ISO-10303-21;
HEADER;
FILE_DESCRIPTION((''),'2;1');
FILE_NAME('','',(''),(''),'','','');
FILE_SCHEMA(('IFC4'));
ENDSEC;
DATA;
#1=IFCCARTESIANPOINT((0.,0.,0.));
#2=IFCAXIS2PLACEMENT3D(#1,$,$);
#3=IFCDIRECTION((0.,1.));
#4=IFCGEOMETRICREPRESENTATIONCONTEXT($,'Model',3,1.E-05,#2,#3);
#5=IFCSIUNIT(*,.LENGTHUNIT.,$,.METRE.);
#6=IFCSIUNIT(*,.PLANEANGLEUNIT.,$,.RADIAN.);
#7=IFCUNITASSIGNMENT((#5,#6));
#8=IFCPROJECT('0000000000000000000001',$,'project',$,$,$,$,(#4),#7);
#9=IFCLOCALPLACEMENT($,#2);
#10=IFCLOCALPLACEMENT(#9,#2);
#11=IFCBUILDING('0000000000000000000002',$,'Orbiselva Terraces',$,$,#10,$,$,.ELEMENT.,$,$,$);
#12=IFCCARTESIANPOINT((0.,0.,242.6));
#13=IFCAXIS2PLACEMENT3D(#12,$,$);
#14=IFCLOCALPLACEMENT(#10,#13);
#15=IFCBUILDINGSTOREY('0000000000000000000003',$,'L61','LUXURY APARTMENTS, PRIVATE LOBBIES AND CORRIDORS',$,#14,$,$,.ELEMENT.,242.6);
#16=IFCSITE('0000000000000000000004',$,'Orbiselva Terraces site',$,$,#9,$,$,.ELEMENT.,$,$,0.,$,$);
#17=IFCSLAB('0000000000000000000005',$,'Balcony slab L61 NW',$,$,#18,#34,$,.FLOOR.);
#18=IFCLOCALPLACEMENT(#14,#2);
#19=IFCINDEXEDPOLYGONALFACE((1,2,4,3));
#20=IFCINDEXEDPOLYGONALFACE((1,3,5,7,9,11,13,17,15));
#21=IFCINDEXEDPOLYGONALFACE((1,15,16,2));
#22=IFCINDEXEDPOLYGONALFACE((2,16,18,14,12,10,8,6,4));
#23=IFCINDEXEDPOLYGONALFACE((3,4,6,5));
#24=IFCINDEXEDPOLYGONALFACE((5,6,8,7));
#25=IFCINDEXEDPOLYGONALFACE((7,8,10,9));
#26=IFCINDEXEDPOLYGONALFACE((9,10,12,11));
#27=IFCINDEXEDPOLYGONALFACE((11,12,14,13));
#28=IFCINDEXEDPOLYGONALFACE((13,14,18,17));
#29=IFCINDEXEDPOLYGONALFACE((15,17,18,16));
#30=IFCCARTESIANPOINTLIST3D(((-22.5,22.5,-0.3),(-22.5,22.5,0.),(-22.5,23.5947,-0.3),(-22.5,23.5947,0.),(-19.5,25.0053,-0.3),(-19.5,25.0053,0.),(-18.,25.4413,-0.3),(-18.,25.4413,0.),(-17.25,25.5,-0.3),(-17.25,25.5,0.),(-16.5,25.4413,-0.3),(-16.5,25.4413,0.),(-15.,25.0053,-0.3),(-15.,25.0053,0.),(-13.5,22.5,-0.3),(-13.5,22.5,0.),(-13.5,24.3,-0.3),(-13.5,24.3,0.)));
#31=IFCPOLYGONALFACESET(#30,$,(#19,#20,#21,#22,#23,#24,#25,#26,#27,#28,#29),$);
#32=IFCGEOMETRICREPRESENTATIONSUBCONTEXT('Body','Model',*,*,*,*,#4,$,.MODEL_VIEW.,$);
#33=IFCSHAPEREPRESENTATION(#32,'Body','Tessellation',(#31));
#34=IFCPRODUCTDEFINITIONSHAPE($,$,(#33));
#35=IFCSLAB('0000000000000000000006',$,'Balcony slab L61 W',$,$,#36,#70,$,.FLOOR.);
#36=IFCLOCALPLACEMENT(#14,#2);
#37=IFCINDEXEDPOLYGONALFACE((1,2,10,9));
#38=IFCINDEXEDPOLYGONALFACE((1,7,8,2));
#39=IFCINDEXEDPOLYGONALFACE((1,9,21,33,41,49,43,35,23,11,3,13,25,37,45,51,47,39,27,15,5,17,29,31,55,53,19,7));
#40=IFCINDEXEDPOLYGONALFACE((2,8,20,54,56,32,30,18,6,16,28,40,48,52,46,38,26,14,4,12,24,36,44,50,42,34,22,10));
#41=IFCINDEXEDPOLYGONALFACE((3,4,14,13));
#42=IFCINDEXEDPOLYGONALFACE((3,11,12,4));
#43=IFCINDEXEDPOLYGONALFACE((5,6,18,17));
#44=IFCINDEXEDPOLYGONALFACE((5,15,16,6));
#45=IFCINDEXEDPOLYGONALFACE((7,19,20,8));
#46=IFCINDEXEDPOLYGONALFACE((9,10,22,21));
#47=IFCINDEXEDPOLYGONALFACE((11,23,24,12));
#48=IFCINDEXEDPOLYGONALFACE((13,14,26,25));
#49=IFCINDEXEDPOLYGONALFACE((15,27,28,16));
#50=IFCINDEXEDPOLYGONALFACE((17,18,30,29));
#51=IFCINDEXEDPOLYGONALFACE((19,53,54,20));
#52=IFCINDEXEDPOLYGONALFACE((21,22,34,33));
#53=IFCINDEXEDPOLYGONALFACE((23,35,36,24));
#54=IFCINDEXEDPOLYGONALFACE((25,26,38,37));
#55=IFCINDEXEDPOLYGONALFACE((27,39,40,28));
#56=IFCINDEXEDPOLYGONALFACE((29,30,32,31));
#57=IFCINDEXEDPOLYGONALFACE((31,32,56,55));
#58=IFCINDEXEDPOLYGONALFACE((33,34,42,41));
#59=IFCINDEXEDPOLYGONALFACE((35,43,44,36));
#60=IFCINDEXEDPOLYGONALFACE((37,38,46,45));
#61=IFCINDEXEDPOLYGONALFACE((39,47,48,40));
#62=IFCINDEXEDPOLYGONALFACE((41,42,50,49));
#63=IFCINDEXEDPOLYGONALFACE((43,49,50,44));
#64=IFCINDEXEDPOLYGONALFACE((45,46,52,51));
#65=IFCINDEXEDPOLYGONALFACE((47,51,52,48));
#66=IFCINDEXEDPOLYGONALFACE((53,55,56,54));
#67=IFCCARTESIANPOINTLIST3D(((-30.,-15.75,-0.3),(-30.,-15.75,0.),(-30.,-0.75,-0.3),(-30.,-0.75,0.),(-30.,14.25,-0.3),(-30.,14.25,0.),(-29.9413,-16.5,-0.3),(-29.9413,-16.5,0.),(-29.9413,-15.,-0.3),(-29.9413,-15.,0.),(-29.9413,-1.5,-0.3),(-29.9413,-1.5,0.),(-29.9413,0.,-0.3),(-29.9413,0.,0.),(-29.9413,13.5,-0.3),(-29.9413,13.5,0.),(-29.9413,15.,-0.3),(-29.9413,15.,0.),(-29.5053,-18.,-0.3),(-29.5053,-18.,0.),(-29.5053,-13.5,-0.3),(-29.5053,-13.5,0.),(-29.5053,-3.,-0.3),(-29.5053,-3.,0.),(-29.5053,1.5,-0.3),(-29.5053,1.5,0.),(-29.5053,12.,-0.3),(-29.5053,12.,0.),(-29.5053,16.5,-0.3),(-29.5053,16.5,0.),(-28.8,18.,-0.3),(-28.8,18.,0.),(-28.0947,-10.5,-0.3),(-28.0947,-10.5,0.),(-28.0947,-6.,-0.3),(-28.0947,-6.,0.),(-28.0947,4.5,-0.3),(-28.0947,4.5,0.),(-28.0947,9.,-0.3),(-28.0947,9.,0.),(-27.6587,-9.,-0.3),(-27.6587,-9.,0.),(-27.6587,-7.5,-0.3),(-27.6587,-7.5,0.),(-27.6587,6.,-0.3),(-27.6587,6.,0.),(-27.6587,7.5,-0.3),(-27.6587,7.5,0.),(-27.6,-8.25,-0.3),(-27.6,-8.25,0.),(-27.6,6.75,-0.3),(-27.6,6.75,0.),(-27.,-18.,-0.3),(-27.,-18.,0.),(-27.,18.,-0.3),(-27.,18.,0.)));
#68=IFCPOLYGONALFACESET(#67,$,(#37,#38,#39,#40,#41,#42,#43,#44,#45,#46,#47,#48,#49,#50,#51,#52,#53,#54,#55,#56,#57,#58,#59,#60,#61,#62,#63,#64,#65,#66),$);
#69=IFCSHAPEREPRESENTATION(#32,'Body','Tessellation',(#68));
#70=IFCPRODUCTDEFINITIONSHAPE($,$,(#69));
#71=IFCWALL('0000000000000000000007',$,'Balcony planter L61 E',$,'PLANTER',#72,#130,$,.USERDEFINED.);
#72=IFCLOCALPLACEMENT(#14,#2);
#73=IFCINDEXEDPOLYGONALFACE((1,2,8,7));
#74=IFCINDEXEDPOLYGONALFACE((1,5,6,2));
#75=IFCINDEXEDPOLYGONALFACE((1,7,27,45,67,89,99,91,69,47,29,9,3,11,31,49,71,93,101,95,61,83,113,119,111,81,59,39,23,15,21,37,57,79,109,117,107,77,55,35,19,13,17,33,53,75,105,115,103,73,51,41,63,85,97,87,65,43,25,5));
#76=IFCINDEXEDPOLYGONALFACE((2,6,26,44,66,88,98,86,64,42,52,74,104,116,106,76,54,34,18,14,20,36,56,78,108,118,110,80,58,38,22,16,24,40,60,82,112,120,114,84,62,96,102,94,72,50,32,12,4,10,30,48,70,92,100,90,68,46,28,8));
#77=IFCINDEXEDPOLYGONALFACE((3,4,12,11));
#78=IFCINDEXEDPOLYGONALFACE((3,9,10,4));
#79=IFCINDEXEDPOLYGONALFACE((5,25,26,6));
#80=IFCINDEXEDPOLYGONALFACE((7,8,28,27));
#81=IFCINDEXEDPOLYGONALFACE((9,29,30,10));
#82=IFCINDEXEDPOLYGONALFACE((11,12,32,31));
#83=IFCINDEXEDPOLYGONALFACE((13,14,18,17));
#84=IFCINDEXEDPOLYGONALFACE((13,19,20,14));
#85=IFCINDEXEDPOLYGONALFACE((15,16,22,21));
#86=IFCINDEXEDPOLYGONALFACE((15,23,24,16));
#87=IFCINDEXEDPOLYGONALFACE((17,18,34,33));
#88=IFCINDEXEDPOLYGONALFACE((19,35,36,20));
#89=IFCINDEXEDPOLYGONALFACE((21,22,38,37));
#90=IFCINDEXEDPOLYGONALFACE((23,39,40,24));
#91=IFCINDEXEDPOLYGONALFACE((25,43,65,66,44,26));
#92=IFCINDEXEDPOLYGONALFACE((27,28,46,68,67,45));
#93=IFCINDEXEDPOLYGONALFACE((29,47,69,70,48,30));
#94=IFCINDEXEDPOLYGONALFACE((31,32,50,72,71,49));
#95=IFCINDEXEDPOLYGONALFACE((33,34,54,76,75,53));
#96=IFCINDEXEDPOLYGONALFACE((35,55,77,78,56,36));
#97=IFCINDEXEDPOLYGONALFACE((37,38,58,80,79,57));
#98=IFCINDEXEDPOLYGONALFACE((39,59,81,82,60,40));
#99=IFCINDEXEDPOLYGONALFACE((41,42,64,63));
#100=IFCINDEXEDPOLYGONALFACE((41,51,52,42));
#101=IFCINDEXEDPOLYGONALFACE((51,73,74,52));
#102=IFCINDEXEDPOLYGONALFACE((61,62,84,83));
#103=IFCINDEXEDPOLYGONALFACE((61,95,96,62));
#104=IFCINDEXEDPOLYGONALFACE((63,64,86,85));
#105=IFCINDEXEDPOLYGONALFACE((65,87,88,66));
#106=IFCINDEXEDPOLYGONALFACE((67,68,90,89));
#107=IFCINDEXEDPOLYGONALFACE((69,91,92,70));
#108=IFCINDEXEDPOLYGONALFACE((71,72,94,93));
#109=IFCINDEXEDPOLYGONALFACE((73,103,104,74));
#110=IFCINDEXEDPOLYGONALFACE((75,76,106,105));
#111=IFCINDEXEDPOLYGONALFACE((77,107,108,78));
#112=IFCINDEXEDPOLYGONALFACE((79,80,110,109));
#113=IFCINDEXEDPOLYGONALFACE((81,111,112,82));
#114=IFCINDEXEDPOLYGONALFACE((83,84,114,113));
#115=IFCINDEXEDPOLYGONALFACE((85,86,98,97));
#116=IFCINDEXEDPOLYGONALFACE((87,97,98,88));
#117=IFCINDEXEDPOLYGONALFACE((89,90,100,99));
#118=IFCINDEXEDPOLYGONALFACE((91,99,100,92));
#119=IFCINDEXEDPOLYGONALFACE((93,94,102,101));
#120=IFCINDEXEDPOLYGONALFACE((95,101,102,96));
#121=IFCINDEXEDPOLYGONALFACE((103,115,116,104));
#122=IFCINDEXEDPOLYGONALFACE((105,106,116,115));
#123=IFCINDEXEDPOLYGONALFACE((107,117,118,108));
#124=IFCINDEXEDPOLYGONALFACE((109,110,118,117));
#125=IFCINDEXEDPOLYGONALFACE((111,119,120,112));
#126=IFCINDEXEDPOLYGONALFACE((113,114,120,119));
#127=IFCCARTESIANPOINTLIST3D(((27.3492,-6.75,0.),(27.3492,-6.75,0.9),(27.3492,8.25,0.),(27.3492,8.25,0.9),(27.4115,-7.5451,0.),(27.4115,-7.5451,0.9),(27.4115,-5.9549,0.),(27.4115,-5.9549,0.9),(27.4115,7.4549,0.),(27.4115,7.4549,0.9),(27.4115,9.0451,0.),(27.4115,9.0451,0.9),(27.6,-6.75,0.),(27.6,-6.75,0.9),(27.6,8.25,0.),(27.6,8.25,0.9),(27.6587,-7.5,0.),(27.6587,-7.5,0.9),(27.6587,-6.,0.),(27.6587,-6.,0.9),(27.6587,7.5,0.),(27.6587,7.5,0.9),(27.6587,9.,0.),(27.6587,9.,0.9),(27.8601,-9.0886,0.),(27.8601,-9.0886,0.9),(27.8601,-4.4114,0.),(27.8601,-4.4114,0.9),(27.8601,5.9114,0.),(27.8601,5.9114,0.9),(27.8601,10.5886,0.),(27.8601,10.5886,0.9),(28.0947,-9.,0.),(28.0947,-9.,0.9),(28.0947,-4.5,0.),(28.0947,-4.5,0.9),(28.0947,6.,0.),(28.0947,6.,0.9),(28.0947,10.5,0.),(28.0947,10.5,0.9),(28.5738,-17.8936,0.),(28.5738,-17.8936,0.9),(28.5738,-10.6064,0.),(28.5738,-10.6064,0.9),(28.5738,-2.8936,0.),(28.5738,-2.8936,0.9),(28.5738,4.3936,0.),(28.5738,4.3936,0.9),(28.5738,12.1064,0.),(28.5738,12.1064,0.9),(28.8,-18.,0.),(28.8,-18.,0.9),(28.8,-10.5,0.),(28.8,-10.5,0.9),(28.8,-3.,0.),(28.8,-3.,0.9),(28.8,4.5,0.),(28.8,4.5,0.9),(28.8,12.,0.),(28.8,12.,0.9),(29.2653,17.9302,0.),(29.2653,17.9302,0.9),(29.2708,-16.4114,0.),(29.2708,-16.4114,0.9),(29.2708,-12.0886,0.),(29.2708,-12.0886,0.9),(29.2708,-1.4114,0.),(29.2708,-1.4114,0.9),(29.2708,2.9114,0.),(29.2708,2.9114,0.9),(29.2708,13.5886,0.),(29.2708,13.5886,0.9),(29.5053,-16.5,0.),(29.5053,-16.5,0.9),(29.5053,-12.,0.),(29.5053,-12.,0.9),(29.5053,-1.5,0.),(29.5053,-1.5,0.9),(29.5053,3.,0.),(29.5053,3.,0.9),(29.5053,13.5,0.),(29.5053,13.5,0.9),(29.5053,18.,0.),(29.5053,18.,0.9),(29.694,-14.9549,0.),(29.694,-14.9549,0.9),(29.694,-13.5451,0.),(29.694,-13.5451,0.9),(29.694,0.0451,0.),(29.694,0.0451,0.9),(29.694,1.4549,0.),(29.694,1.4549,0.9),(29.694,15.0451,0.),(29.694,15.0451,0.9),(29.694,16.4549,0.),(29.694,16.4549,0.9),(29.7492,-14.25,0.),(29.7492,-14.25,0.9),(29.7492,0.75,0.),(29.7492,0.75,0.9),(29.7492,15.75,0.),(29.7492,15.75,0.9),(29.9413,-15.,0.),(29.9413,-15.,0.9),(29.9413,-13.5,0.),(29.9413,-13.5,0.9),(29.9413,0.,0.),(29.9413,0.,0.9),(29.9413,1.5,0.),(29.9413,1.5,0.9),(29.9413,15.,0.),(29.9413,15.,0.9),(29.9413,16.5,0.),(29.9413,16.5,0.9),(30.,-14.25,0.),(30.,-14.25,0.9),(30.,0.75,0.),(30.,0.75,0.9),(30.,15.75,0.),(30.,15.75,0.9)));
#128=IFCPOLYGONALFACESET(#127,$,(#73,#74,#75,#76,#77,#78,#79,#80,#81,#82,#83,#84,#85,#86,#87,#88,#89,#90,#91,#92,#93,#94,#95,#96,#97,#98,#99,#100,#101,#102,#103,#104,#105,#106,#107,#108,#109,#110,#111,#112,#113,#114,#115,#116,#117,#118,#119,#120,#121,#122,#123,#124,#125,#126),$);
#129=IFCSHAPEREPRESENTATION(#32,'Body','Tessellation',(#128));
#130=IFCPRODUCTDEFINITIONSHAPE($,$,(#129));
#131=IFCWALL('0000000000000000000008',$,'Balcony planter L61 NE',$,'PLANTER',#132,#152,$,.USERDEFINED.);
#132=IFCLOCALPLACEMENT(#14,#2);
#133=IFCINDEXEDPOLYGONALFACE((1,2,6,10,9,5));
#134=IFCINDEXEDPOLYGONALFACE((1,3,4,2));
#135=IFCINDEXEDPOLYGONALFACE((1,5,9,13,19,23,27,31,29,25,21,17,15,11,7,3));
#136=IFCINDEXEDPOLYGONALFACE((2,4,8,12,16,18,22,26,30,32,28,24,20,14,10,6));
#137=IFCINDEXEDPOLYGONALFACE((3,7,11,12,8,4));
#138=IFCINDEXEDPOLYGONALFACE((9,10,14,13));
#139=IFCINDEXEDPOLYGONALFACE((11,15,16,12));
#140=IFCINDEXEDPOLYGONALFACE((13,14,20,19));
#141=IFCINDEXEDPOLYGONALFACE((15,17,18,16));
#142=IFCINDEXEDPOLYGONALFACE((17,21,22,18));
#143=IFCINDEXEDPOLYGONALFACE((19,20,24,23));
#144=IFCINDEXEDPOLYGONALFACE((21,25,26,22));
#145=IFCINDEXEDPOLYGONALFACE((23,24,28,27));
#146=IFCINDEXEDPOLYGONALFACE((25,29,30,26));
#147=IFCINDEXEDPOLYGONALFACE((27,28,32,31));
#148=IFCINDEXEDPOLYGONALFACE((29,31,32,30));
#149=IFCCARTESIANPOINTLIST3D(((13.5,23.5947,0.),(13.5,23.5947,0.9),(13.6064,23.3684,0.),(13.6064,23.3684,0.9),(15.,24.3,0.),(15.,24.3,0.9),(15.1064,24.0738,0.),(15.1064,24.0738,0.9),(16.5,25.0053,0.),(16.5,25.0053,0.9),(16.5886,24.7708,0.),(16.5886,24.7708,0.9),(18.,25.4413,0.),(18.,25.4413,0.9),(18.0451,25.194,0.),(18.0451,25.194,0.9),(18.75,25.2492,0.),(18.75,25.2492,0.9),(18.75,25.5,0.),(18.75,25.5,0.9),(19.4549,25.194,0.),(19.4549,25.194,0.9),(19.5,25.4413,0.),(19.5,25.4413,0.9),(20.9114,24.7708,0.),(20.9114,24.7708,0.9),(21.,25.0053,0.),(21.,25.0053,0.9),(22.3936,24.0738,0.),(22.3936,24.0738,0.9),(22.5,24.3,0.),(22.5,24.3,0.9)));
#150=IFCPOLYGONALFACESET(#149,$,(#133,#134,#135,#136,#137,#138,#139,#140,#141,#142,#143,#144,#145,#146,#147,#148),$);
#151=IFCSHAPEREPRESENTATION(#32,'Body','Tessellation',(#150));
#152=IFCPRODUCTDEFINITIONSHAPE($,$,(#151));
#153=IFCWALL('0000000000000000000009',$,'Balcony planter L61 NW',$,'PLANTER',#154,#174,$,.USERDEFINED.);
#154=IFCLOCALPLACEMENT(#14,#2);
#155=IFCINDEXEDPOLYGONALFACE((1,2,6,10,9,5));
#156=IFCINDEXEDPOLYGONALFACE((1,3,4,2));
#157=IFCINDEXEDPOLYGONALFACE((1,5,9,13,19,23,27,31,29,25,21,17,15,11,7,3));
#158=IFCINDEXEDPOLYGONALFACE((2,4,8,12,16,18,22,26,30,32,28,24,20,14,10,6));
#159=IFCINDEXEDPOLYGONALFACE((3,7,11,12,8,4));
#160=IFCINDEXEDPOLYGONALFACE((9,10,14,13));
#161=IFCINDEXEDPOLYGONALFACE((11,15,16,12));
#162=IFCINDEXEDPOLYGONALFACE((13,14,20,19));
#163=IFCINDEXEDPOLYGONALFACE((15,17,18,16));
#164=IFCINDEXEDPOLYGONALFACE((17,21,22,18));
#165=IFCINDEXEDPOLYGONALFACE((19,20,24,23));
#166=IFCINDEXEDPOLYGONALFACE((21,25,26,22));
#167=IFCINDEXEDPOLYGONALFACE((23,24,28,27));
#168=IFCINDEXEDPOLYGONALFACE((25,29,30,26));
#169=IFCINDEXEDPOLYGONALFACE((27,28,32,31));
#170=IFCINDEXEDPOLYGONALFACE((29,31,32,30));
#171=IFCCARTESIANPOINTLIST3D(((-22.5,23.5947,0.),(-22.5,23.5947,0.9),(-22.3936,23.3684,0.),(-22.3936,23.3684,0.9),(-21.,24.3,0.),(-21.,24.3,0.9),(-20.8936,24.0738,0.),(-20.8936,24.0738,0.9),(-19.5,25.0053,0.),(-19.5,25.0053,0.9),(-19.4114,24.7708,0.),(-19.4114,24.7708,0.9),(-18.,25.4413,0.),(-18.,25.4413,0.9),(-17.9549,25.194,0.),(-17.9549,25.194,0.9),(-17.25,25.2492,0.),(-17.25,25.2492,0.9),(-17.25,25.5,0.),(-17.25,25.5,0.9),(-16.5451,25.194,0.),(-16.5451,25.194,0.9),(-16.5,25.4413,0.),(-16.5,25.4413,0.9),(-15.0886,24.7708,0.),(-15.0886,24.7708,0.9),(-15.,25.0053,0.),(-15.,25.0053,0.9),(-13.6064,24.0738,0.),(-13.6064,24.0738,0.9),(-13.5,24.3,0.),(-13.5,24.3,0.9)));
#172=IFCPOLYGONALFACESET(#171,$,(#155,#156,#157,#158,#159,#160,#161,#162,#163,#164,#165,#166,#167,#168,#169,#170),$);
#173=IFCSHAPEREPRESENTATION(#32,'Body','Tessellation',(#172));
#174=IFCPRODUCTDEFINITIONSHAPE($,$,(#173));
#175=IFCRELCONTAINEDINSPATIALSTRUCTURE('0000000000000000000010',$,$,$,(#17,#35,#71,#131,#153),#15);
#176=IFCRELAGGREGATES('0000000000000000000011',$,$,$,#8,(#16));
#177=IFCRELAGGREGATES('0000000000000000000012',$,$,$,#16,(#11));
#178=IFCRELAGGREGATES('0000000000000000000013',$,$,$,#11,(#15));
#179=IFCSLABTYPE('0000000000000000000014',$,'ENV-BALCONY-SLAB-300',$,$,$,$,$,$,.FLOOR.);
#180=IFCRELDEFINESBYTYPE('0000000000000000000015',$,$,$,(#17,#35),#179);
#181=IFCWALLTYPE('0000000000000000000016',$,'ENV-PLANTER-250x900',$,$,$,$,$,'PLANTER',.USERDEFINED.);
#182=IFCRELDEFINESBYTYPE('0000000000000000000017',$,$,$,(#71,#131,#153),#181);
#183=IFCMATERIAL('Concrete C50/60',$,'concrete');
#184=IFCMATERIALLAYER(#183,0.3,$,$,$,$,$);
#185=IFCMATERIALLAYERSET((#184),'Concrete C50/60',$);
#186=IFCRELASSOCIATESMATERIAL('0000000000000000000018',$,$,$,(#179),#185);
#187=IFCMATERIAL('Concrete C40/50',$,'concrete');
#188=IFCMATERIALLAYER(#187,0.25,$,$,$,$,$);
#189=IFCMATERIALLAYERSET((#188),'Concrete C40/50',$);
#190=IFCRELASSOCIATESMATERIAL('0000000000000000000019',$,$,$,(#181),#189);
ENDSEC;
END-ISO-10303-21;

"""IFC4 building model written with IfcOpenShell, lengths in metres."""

from ifc_helpers import new_model, si_unit, direction, frame, origin, place, context, subcontext, project, spatial, polyline, outline, extrude, material, layer, layer_set, type_object, element, save


model = new_model("IFC4")

# Units and contexts
model_context = context("Model", 3, precision=1e-05, world=origin(), true_north=direction((0.0, 1.0)))
body_context = subcontext(model_context, "Body", "Model", "MODEL_VIEW")
ifc_project = project(units=[si_unit("LENGTHUNIT", "METRE"), si_unit("PLANEANGLEUNIT", "RADIAN")], contexts=[model_context])

# Site, building, storey
site_placement = place(None, origin())
site = spatial("IfcSite", under=ifc_project, at=site_placement, Name="Orbiselva Terraces site", CompositionType="ELEMENT", RefElevation=0.0)
building_placement = place(site_placement, origin())
building = spatial("IfcBuilding", under=site, at=building_placement, Name="Orbiselva Terraces", CompositionType="ELEMENT")
storey_placement = place(building_placement, frame((0.0, 0.0, 242.6)))
storey = spatial("IfcBuildingStorey", under=building, at=storey_placement, Name="L61", Description="LUXURY APARTMENTS, PRIVATE LOBBIES AND CORRIDORS", CompositionType="ELEMENT", Elevation=242.6)

# Shared definitions
ifc_material_1 = material(Name="Concrete C50/60", Category="concrete")

# Shared definitions
ifc_material_2 = material(Name="Concrete C40/50", Category="concrete")

# Slabs
ifc_layer_1 = layer(ifc_material_1, 0.3)
ifc_layer_set_1 = layer_set([ifc_layer_1], Name="Concrete C50/60")
slab_type_1 = type_object("IfcSlabType", Name="ENV-BALCONY-SLAB-300", PredefinedType="FLOOR", material=ifc_layer_set_1)
slab_1_placement = place(storey_placement, frame((0.0, 0.0, -0.3)))
element("IfcSlab", 1, at=slab_1_placement, inside=storey, type_object=slab_type_1, Name="Balcony slab L61 NW", PredefinedType="FLOOR", context=body_context, shape_type="SweptSolid", body=[
    extrude(outline(polyline([(-13.5, 24.3), (-15.0, 25.0053), (-16.5, 25.4413), (-17.25, 25.5), (-18.0, 25.4413), (-19.5, 25.0053), (-22.5, 23.5947), (-22.5, 22.5), (-13.5, 22.5), (-13.5, 24.3)])), origin(), (0.0, 0.0, 1.0), 0.3),
])
slab_2_placement = place(storey_placement, frame((0.0, 0.0, -0.3)))
element("IfcSlab", 2, at=slab_2_placement, inside=storey, type_object=slab_type_1, Name="Balcony slab L61 W", PredefinedType="FLOOR", context=body_context, shape_type="SweptSolid", body=[
    extrude(outline(polyline([(-28.8, 18.0), (-29.5053, 16.5), (-29.9413, 15.0), (-30.0, 14.25), (-29.9413, 13.5), (-29.5053, 12.0), (-28.0947, 9.0), (-27.6587, 7.5), (-27.6, 6.75), (-27.6587, 6.0), (-28.0947, 4.5), (-29.5053, 1.5), (-29.9413, 0.0), (-30.0, -0.75), (-29.9413, -1.5), (-29.5053, -3.0), (-28.0947, -6.0), (-27.6587, -7.5), (-27.6, -8.25), (-27.6587, -9.0), (-28.0947, -10.5), (-29.5053, -13.5), (-29.9413, -15.0), (-30.0, -15.75), (-29.9413, -16.5), (-29.5053, -18.0), (-27.0, -18.0), (-27.0, 18.0), (-28.8, 18.0)])), origin(), (0.0, 0.0, 1.0), 0.3),
])

# Walls
ifc_layer_2 = layer(ifc_material_2, 0.25)
ifc_layer_set_2 = layer_set([ifc_layer_2], Name="Concrete C40/50")
wall_type_1 = type_object("IfcWallType", Name="ENV-PLANTER-250x900", ElementType="PLANTER", PredefinedType="USERDEFINED", material=ifc_layer_set_2)
wall_1_placement = place(storey_placement, origin())
element("IfcWall", 3, at=wall_1_placement, inside=storey, type_object=wall_type_1, Name="Balcony planter L61 E", ObjectType="PLANTER", PredefinedType="USERDEFINED", context=body_context, shape_type="SweptSolid", body=[
    extrude(outline(polyline([(28.8, -18.0), (29.5053, -16.5), (29.9413, -15.0), (30.0, -14.25), (29.9413, -13.5), (29.5053, -12.0), (28.8, -10.5), (28.0947, -9.0), (27.6587, -7.5), (27.6, -6.75), (27.6587, -6.0), (28.0947, -4.5), (28.8, -3.0), (29.5053, -1.5), (29.9413, 0.0), (30.0, 0.75), (29.9413, 1.5), (29.5053, 3.0), (28.8, 4.5), (28.0947, 6.0), (27.6587, 7.5), (27.6, 8.25), (27.6587, 9.0), (28.0947, 10.5), (28.8, 12.0), (29.5053, 13.5), (29.9413, 15.0), (30.0, 15.75), (29.9413, 16.5), (29.5053, 18.0), (29.2653, 17.9302), (29.694, 16.4549), (29.7492, 15.75), (29.694, 15.0451), (29.2708, 13.5886), (28.5738, 12.1064), (27.8601, 10.5886), (27.4115, 9.0451), (27.3492, 8.25), (27.4115, 7.4549), (27.8601, 5.9114), (28.5738, 4.3936), (29.2708, 2.9114), (29.694, 1.4549), (29.7492, 0.75), (29.694, 0.0451), (29.2708, -1.4114), (28.5738, -2.8936), (27.8601, -4.4114), (27.4115, -5.9549), (27.3492, -6.75), (27.4115, -7.5451), (27.8601, -9.0886), (28.5738, -10.6064), (29.2708, -12.0886), (29.694, -13.5451), (29.7492, -14.25), (29.694, -14.9549), (29.2708, -16.4114), (28.5738, -17.8936), (28.8, -18.0)])), origin(), (0.0, 0.0, 1.0), 0.9),
])
wall_2_placement = place(storey_placement, origin())
element("IfcWall", 4, at=wall_2_placement, inside=storey, type_object=wall_type_1, Name="Balcony planter L61 NE", ObjectType="PLANTER", PredefinedType="USERDEFINED", context=body_context, shape_type="SweptSolid", body=[
    extrude(outline(polyline([(22.5, 24.3), (21.0, 25.0053), (19.5, 25.4413), (18.75, 25.5), (18.0, 25.4413), (16.5, 25.0053), (15.0, 24.3), (13.5, 23.5947), (13.6064, 23.3684), (15.1064, 24.0738), (16.5886, 24.7708), (18.0451, 25.194), (18.75, 25.2492), (19.4549, 25.194), (20.9114, 24.7708), (22.3936, 24.0738), (22.5, 24.3)])), origin(), (0.0, 0.0, 1.0), 0.9),
])
wall_3_placement = place(storey_placement, origin())
element("IfcWall", 5, at=wall_3_placement, inside=storey, type_object=wall_type_1, Name="Balcony planter L61 NW", ObjectType="PLANTER", PredefinedType="USERDEFINED", context=body_context, shape_type="SweptSolid", body=[
    extrude(outline(polyline([(-13.5, 24.3), (-15.0, 25.0053), (-16.5, 25.4413), (-17.25, 25.5), (-18.0, 25.4413), (-19.5, 25.0053), (-21.0, 24.3), (-22.5, 23.5947), (-22.3936, 23.3684), (-20.8936, 24.0738), (-19.4114, 24.7708), (-17.9549, 25.194), (-17.25, 25.2492), (-16.5451, 25.194), (-15.0886, 24.7708), (-13.6064, 24.0738), (-13.5, 24.3)])), origin(), (0.0, 0.0, 1.0), 0.9),
])

save(model, "model.ifc")
